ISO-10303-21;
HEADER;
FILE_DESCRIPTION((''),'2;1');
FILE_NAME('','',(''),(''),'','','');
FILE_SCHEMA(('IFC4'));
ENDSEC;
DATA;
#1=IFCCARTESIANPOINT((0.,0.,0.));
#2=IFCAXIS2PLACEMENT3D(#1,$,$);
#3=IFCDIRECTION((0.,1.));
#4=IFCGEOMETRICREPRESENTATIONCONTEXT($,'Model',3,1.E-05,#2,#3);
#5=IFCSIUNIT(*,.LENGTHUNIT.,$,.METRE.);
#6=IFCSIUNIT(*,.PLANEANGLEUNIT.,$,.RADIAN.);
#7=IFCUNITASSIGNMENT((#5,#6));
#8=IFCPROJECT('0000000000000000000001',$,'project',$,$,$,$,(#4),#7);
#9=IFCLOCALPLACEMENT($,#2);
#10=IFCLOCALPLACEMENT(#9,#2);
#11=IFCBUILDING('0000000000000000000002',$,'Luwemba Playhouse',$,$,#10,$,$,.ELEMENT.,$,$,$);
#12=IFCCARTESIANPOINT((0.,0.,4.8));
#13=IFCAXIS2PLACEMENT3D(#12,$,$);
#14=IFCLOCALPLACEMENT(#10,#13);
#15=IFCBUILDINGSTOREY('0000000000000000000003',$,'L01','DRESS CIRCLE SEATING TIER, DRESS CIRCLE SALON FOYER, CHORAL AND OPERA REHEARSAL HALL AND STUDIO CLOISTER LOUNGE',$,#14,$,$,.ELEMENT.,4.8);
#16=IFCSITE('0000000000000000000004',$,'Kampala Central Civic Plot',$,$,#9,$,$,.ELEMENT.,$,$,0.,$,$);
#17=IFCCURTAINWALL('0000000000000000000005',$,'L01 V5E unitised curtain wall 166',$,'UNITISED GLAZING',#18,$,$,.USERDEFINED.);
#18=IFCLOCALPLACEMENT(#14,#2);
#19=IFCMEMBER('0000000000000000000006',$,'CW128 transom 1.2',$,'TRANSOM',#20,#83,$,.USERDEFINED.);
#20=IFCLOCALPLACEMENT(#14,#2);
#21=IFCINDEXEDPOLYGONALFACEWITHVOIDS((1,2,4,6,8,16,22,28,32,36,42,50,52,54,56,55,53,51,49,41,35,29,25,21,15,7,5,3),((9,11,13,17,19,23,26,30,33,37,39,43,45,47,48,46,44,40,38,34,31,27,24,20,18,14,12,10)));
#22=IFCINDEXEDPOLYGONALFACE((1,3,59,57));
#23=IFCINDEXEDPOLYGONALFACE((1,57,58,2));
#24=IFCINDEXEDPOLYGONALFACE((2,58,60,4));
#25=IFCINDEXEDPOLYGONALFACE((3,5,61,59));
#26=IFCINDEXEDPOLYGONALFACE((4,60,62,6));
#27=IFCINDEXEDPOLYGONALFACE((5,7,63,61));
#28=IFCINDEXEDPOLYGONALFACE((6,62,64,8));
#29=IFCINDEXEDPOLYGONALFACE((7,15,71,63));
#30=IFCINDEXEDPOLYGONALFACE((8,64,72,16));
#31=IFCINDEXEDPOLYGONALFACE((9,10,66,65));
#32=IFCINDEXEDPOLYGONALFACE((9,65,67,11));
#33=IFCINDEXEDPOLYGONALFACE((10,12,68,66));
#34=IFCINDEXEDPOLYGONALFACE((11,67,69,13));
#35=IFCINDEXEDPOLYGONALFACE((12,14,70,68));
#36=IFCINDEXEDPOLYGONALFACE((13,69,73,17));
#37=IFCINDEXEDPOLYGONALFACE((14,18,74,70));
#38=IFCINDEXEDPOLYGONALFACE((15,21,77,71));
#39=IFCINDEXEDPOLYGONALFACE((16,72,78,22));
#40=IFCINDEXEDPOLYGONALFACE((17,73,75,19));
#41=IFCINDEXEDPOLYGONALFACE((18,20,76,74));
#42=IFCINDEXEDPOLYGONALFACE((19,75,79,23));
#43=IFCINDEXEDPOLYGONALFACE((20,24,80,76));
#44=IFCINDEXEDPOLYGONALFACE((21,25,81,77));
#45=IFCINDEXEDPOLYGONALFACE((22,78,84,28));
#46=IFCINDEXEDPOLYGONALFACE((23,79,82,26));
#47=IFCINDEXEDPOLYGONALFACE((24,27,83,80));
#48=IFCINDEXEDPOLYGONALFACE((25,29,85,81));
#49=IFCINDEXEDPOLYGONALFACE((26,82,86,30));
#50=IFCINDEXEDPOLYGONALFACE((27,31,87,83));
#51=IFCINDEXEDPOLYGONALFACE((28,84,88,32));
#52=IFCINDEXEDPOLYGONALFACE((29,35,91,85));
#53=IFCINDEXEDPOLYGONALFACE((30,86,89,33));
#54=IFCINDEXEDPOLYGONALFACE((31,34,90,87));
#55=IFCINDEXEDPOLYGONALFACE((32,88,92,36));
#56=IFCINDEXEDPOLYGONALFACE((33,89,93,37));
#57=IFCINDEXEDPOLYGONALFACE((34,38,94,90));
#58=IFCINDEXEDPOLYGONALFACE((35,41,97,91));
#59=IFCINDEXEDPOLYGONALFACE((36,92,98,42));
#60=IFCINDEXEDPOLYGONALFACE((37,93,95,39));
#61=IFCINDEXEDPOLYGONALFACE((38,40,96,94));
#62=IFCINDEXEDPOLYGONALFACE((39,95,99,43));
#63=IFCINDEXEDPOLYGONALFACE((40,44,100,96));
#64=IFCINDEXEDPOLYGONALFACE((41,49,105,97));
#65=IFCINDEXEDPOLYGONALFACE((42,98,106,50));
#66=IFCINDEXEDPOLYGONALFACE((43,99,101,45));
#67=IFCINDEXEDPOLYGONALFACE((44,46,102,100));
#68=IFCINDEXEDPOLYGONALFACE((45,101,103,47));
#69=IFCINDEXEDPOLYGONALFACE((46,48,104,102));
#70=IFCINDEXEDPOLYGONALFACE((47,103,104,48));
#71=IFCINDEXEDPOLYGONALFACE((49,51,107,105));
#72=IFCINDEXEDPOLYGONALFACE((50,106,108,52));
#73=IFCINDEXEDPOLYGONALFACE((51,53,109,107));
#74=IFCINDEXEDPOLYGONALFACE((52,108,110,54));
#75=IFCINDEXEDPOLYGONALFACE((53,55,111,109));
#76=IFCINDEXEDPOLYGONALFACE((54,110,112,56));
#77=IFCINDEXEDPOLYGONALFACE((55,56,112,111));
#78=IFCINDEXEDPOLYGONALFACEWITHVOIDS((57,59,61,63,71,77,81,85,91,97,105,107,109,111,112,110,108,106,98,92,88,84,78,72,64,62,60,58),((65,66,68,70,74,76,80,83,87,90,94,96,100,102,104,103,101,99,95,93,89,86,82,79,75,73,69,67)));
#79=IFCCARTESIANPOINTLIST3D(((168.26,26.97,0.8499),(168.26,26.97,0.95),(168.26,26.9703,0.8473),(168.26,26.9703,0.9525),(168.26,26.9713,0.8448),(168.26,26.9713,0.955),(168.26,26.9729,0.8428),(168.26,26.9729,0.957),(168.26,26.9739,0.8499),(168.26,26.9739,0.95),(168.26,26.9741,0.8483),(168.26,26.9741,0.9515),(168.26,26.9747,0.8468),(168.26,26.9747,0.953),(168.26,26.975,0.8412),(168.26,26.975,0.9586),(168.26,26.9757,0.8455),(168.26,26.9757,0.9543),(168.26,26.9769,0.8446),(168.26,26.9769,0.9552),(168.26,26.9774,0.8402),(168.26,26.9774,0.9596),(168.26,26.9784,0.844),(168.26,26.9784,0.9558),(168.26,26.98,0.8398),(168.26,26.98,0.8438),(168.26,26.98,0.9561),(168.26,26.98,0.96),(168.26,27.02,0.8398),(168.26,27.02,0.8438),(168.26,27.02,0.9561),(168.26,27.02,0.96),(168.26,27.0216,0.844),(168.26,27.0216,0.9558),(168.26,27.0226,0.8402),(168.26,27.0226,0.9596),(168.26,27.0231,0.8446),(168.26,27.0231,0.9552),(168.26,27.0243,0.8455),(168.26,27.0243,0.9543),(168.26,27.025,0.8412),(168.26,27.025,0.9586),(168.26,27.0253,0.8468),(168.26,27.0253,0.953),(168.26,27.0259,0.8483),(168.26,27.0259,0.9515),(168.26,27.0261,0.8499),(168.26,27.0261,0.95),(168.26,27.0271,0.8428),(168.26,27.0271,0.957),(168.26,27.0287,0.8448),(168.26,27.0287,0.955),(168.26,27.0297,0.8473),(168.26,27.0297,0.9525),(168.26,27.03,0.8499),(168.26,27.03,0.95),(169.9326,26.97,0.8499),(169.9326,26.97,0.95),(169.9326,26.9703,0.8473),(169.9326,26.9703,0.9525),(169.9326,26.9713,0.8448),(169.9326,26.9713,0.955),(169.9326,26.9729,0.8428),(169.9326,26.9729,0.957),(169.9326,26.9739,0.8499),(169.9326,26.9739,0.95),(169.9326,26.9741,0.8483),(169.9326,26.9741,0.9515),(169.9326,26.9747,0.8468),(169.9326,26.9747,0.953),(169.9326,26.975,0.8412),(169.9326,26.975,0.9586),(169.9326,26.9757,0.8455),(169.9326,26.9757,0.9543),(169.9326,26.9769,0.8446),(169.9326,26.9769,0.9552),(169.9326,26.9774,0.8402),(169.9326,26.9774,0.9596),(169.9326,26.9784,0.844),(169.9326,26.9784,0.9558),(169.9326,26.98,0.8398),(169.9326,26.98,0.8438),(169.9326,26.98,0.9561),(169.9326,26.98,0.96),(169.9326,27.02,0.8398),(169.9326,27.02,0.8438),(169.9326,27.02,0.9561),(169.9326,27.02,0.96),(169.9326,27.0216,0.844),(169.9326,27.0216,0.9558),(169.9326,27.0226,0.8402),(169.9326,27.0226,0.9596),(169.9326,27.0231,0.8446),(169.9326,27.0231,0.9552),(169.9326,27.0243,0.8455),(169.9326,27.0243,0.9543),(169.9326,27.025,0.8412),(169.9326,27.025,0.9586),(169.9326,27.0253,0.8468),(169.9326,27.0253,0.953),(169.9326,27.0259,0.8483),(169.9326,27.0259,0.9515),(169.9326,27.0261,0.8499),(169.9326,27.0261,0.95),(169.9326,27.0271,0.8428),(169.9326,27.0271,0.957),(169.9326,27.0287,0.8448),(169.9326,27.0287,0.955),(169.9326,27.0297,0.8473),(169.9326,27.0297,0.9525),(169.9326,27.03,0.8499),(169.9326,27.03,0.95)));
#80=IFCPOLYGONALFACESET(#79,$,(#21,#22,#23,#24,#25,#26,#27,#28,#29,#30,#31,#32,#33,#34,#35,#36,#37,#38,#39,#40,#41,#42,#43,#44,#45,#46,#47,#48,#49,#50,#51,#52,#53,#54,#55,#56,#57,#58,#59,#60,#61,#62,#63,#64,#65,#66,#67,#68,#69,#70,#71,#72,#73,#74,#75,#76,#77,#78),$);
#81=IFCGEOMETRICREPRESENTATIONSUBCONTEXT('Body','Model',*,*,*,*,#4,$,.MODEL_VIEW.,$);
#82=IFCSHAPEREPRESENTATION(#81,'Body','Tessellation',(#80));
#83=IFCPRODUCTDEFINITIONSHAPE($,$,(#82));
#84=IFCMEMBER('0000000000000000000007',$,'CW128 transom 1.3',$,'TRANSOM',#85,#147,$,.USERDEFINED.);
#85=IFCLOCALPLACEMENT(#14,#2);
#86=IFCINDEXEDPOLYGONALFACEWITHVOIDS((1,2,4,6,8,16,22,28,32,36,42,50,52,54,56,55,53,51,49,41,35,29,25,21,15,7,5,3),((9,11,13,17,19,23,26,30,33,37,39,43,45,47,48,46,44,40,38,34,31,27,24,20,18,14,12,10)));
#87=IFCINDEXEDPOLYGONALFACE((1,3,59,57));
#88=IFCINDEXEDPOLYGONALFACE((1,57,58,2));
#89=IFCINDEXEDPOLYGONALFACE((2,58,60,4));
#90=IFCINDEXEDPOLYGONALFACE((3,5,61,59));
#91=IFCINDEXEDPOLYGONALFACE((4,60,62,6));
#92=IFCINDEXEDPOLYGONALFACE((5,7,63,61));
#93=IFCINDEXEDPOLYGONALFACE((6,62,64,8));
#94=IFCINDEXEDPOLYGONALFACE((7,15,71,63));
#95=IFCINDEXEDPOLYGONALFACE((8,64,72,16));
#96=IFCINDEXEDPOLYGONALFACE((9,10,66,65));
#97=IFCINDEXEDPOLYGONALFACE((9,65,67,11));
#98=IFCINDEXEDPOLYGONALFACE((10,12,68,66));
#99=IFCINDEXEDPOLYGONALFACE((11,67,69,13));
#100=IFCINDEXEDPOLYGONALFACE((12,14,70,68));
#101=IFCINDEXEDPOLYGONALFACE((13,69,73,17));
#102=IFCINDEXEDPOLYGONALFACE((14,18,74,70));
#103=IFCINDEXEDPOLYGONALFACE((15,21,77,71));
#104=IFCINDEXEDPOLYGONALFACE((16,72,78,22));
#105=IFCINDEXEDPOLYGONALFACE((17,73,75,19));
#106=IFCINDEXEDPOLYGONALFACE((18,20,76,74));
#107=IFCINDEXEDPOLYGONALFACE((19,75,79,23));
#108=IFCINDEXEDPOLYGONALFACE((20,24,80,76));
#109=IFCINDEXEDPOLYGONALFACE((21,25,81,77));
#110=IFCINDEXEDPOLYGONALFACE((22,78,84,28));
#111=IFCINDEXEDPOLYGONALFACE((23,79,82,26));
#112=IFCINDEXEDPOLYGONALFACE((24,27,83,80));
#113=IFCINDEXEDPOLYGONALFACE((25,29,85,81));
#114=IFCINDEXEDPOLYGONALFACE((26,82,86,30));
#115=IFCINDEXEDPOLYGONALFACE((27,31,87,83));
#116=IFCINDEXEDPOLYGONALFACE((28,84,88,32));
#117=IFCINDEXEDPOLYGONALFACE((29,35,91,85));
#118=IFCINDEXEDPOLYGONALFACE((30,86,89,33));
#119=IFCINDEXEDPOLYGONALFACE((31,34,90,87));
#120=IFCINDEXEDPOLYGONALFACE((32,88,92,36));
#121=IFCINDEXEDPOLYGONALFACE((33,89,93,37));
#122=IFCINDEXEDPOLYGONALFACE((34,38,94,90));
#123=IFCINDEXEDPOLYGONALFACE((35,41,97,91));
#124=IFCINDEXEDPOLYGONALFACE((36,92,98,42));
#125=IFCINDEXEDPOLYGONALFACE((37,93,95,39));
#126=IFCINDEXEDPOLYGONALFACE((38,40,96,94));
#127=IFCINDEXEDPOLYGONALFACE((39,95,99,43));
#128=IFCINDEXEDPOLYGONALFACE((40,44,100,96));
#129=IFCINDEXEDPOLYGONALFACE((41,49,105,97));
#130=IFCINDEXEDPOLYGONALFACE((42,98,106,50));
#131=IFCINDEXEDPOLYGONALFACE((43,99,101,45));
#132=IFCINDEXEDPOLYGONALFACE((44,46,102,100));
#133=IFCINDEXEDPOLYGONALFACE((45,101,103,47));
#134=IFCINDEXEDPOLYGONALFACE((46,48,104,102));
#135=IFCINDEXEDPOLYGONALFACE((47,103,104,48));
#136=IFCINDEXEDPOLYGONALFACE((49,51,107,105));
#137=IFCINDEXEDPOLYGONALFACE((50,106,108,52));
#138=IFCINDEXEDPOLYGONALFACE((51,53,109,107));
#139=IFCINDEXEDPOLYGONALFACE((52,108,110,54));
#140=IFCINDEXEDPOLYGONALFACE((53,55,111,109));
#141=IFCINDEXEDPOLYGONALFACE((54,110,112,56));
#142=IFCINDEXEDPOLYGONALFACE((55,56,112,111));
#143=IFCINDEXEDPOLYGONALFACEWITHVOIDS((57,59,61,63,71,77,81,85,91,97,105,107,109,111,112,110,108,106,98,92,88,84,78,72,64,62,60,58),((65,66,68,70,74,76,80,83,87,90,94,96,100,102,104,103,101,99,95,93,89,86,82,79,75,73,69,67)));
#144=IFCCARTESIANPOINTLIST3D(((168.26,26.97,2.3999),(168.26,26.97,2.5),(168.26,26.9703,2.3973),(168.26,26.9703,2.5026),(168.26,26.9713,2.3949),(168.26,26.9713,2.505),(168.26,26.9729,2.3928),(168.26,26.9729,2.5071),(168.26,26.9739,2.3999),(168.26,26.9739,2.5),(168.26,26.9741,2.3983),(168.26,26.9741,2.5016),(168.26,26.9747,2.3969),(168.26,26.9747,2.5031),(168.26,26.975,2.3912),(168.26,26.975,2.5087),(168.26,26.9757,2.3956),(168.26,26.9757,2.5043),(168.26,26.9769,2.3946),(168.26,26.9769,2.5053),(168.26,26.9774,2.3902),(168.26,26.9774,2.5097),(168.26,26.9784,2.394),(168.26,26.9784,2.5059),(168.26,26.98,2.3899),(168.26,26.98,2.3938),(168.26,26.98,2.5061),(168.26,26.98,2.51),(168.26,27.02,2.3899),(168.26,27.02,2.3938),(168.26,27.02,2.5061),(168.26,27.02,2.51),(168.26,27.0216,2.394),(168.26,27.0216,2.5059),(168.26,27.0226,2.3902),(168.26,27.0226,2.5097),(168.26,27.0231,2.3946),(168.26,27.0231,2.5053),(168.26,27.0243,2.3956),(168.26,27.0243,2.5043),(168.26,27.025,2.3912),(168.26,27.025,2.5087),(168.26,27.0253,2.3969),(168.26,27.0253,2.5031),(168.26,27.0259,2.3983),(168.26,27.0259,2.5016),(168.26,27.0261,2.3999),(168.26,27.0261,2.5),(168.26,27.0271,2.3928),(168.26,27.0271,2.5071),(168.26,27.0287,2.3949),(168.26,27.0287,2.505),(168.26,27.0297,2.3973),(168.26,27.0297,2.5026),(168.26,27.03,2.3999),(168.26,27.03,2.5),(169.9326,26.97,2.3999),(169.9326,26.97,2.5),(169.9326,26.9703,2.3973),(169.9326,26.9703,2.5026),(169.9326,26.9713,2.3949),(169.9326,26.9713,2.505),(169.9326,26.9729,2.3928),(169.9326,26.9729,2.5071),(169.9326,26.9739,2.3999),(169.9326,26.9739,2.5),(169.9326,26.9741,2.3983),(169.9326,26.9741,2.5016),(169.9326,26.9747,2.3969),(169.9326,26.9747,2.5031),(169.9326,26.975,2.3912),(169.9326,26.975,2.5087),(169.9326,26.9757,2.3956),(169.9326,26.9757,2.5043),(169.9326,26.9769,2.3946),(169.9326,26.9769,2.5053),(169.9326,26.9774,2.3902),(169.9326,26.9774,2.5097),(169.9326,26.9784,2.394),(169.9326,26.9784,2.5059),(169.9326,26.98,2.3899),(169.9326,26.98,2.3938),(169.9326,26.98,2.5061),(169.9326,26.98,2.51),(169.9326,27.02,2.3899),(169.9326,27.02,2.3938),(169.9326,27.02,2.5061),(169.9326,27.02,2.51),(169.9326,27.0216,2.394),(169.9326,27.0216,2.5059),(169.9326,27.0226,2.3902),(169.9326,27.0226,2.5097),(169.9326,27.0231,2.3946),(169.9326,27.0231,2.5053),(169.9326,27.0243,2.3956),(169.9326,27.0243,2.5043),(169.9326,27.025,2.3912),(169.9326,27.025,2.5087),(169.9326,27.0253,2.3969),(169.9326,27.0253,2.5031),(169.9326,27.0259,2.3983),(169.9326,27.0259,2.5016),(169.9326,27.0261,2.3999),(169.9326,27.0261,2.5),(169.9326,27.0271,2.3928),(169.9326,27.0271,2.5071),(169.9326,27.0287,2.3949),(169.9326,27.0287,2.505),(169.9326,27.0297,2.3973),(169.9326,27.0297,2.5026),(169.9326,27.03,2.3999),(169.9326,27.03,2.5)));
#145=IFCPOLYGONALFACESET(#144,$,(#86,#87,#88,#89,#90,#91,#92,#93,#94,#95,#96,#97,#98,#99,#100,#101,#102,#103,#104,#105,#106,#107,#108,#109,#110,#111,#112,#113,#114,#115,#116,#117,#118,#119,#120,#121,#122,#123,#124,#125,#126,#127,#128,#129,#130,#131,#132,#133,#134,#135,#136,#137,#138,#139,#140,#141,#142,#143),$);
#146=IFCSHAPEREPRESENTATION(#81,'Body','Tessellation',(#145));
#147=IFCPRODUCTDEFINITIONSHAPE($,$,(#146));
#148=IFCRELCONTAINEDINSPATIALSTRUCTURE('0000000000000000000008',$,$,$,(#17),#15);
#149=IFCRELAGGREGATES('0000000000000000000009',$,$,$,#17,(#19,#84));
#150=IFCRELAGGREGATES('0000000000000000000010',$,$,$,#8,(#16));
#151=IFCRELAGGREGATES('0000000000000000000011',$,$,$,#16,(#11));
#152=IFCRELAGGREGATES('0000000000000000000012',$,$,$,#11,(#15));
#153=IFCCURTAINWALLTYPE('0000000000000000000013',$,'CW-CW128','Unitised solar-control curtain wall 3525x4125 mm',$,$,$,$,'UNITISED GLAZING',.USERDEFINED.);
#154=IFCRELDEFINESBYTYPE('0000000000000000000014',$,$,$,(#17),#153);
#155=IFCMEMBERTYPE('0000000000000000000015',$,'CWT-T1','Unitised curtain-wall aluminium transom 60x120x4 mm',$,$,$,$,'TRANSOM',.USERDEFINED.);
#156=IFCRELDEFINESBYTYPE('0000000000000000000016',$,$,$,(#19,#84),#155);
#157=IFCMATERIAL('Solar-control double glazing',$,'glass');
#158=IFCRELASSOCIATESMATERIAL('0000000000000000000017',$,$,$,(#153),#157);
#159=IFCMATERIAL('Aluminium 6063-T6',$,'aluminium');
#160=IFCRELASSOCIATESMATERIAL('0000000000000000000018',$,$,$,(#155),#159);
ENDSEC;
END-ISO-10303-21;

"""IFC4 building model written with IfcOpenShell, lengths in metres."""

from ifc_helpers import new_model, si_unit, direction, frame, origin, origin_2d, place, context, subcontext, project, spatial, hollow_rectangle, extrude, material, material_profile, profile_set, type_object, element, aggregate, save


model = new_model("IFC4")

# Units and contexts
model_context = context("Model", 3, precision=1e-05, world=origin(), true_north=direction((0.0, 1.0)))
body_context = subcontext(model_context, "Body", "Model", "MODEL_VIEW")
ifc_project = project(units=[si_unit("LENGTHUNIT", "METRE"), si_unit("PLANEANGLEUNIT", "RADIAN")], contexts=[model_context])

# Site, building, storey
site_placement = place(None, origin())
site = spatial("IfcSite", under=ifc_project, at=site_placement, Name="Kampala Central Civic Plot", CompositionType="ELEMENT", RefElevation=0.0)
building_placement = place(site_placement, origin())
building = spatial("IfcBuilding", under=site, at=building_placement, Name="Luwemba Playhouse", CompositionType="ELEMENT")
storey_placement = place(building_placement, frame((0.0, 0.0, 4.8)))
storey = spatial("IfcBuildingStorey", under=building, at=storey_placement, Name="L01", Description="DRESS CIRCLE SEATING TIER, DRESS CIRCLE SALON FOYER, CHORAL AND OPERA REHEARSAL HALL AND STUDIO CLOISTER LOUNGE", CompositionType="ELEMENT", Elevation=4.8)

# Curtain wall
ifc_material_1 = material(Name="Solar-control double glazing", Category="glass")
curtain_wall_type_1 = type_object("IfcCurtainWallType", Name="CW-CW128", Description="Unitised solar-control curtain wall 3525x4125 mm", ElementType="UNITISED GLAZING", PredefinedType="USERDEFINED", material=ifc_material_1)
curtain_wall_1_placement = place(storey_placement, origin())
curtain_wall_1 = element("IfcCurtainWall", 1, at=curtain_wall_1_placement, inside=storey, type_object=curtain_wall_type_1, Name="L01 V5E unitised curtain wall 166", ObjectType="UNITISED GLAZING", PredefinedType="USERDEFINED")
ifc_material_2 = material(Name="Aluminium 6063-T6", Category="aluminium")

# Members
ifc_material_profile_1 = material_profile(ifc_material_2, hollow_rectangle(XDim=0.0601, YDim=0.1201, WallThickness=0.0039, InnerFilletRadius=0.0061, OuterFilletRadius=0.01, at=origin_2d()))
ifc_profile_set_1 = profile_set([ifc_material_profile_1], Name="Aluminium 6063-T6")
member_type_1 = type_object("IfcMemberType", Name="CWT-T1", Description="Unitised curtain-wall aluminium transom 60x120x4 mm", ElementType="TRANSOM", PredefinedType="USERDEFINED", material=ifc_profile_set_1)
member_1_placement = place(storey_placement, frame((168.26, 27.0, 0.8999), z_axis=(1.0, 0.0, 0.0), x_axis=(0.0, 1.0, 0.0)))
member_1 = element("IfcMember", 2, at=member_1_placement, type_object=member_type_1, Name="CW128 transom 1.2", ObjectType="TRANSOM", PredefinedType="USERDEFINED", context=body_context, shape_type="SweptSolid", body=[
    extrude(hollow_rectangle(XDim=0.0601, YDim=0.1201, WallThickness=0.0039, InnerFilletRadius=0.0061, OuterFilletRadius=0.01, at=origin_2d()), origin(), (0.0, 0.0, 1.0), 1.6726),
])
member_2_placement = place(storey_placement, frame((168.26, 27.0, 2.45), z_axis=(1.0, 0.0, 0.0), x_axis=(0.0, 1.0, 0.0)))
member_2 = element("IfcMember", 3, at=member_2_placement, type_object=member_type_1, Name="CW128 transom 1.3", ObjectType="TRANSOM", PredefinedType="USERDEFINED", context=body_context, shape_type="SweptSolid", body=[
    extrude(hollow_rectangle(XDim=0.0601, YDim=0.1201, WallThickness=0.0039, InnerFilletRadius=0.0061, OuterFilletRadius=0.01, at=origin_2d()), origin(), (0.0, 0.0, 1.0), 1.6726),
])

aggregate(curtain_wall_1, [member_1, member_2])

save(model, "model.ifc")
